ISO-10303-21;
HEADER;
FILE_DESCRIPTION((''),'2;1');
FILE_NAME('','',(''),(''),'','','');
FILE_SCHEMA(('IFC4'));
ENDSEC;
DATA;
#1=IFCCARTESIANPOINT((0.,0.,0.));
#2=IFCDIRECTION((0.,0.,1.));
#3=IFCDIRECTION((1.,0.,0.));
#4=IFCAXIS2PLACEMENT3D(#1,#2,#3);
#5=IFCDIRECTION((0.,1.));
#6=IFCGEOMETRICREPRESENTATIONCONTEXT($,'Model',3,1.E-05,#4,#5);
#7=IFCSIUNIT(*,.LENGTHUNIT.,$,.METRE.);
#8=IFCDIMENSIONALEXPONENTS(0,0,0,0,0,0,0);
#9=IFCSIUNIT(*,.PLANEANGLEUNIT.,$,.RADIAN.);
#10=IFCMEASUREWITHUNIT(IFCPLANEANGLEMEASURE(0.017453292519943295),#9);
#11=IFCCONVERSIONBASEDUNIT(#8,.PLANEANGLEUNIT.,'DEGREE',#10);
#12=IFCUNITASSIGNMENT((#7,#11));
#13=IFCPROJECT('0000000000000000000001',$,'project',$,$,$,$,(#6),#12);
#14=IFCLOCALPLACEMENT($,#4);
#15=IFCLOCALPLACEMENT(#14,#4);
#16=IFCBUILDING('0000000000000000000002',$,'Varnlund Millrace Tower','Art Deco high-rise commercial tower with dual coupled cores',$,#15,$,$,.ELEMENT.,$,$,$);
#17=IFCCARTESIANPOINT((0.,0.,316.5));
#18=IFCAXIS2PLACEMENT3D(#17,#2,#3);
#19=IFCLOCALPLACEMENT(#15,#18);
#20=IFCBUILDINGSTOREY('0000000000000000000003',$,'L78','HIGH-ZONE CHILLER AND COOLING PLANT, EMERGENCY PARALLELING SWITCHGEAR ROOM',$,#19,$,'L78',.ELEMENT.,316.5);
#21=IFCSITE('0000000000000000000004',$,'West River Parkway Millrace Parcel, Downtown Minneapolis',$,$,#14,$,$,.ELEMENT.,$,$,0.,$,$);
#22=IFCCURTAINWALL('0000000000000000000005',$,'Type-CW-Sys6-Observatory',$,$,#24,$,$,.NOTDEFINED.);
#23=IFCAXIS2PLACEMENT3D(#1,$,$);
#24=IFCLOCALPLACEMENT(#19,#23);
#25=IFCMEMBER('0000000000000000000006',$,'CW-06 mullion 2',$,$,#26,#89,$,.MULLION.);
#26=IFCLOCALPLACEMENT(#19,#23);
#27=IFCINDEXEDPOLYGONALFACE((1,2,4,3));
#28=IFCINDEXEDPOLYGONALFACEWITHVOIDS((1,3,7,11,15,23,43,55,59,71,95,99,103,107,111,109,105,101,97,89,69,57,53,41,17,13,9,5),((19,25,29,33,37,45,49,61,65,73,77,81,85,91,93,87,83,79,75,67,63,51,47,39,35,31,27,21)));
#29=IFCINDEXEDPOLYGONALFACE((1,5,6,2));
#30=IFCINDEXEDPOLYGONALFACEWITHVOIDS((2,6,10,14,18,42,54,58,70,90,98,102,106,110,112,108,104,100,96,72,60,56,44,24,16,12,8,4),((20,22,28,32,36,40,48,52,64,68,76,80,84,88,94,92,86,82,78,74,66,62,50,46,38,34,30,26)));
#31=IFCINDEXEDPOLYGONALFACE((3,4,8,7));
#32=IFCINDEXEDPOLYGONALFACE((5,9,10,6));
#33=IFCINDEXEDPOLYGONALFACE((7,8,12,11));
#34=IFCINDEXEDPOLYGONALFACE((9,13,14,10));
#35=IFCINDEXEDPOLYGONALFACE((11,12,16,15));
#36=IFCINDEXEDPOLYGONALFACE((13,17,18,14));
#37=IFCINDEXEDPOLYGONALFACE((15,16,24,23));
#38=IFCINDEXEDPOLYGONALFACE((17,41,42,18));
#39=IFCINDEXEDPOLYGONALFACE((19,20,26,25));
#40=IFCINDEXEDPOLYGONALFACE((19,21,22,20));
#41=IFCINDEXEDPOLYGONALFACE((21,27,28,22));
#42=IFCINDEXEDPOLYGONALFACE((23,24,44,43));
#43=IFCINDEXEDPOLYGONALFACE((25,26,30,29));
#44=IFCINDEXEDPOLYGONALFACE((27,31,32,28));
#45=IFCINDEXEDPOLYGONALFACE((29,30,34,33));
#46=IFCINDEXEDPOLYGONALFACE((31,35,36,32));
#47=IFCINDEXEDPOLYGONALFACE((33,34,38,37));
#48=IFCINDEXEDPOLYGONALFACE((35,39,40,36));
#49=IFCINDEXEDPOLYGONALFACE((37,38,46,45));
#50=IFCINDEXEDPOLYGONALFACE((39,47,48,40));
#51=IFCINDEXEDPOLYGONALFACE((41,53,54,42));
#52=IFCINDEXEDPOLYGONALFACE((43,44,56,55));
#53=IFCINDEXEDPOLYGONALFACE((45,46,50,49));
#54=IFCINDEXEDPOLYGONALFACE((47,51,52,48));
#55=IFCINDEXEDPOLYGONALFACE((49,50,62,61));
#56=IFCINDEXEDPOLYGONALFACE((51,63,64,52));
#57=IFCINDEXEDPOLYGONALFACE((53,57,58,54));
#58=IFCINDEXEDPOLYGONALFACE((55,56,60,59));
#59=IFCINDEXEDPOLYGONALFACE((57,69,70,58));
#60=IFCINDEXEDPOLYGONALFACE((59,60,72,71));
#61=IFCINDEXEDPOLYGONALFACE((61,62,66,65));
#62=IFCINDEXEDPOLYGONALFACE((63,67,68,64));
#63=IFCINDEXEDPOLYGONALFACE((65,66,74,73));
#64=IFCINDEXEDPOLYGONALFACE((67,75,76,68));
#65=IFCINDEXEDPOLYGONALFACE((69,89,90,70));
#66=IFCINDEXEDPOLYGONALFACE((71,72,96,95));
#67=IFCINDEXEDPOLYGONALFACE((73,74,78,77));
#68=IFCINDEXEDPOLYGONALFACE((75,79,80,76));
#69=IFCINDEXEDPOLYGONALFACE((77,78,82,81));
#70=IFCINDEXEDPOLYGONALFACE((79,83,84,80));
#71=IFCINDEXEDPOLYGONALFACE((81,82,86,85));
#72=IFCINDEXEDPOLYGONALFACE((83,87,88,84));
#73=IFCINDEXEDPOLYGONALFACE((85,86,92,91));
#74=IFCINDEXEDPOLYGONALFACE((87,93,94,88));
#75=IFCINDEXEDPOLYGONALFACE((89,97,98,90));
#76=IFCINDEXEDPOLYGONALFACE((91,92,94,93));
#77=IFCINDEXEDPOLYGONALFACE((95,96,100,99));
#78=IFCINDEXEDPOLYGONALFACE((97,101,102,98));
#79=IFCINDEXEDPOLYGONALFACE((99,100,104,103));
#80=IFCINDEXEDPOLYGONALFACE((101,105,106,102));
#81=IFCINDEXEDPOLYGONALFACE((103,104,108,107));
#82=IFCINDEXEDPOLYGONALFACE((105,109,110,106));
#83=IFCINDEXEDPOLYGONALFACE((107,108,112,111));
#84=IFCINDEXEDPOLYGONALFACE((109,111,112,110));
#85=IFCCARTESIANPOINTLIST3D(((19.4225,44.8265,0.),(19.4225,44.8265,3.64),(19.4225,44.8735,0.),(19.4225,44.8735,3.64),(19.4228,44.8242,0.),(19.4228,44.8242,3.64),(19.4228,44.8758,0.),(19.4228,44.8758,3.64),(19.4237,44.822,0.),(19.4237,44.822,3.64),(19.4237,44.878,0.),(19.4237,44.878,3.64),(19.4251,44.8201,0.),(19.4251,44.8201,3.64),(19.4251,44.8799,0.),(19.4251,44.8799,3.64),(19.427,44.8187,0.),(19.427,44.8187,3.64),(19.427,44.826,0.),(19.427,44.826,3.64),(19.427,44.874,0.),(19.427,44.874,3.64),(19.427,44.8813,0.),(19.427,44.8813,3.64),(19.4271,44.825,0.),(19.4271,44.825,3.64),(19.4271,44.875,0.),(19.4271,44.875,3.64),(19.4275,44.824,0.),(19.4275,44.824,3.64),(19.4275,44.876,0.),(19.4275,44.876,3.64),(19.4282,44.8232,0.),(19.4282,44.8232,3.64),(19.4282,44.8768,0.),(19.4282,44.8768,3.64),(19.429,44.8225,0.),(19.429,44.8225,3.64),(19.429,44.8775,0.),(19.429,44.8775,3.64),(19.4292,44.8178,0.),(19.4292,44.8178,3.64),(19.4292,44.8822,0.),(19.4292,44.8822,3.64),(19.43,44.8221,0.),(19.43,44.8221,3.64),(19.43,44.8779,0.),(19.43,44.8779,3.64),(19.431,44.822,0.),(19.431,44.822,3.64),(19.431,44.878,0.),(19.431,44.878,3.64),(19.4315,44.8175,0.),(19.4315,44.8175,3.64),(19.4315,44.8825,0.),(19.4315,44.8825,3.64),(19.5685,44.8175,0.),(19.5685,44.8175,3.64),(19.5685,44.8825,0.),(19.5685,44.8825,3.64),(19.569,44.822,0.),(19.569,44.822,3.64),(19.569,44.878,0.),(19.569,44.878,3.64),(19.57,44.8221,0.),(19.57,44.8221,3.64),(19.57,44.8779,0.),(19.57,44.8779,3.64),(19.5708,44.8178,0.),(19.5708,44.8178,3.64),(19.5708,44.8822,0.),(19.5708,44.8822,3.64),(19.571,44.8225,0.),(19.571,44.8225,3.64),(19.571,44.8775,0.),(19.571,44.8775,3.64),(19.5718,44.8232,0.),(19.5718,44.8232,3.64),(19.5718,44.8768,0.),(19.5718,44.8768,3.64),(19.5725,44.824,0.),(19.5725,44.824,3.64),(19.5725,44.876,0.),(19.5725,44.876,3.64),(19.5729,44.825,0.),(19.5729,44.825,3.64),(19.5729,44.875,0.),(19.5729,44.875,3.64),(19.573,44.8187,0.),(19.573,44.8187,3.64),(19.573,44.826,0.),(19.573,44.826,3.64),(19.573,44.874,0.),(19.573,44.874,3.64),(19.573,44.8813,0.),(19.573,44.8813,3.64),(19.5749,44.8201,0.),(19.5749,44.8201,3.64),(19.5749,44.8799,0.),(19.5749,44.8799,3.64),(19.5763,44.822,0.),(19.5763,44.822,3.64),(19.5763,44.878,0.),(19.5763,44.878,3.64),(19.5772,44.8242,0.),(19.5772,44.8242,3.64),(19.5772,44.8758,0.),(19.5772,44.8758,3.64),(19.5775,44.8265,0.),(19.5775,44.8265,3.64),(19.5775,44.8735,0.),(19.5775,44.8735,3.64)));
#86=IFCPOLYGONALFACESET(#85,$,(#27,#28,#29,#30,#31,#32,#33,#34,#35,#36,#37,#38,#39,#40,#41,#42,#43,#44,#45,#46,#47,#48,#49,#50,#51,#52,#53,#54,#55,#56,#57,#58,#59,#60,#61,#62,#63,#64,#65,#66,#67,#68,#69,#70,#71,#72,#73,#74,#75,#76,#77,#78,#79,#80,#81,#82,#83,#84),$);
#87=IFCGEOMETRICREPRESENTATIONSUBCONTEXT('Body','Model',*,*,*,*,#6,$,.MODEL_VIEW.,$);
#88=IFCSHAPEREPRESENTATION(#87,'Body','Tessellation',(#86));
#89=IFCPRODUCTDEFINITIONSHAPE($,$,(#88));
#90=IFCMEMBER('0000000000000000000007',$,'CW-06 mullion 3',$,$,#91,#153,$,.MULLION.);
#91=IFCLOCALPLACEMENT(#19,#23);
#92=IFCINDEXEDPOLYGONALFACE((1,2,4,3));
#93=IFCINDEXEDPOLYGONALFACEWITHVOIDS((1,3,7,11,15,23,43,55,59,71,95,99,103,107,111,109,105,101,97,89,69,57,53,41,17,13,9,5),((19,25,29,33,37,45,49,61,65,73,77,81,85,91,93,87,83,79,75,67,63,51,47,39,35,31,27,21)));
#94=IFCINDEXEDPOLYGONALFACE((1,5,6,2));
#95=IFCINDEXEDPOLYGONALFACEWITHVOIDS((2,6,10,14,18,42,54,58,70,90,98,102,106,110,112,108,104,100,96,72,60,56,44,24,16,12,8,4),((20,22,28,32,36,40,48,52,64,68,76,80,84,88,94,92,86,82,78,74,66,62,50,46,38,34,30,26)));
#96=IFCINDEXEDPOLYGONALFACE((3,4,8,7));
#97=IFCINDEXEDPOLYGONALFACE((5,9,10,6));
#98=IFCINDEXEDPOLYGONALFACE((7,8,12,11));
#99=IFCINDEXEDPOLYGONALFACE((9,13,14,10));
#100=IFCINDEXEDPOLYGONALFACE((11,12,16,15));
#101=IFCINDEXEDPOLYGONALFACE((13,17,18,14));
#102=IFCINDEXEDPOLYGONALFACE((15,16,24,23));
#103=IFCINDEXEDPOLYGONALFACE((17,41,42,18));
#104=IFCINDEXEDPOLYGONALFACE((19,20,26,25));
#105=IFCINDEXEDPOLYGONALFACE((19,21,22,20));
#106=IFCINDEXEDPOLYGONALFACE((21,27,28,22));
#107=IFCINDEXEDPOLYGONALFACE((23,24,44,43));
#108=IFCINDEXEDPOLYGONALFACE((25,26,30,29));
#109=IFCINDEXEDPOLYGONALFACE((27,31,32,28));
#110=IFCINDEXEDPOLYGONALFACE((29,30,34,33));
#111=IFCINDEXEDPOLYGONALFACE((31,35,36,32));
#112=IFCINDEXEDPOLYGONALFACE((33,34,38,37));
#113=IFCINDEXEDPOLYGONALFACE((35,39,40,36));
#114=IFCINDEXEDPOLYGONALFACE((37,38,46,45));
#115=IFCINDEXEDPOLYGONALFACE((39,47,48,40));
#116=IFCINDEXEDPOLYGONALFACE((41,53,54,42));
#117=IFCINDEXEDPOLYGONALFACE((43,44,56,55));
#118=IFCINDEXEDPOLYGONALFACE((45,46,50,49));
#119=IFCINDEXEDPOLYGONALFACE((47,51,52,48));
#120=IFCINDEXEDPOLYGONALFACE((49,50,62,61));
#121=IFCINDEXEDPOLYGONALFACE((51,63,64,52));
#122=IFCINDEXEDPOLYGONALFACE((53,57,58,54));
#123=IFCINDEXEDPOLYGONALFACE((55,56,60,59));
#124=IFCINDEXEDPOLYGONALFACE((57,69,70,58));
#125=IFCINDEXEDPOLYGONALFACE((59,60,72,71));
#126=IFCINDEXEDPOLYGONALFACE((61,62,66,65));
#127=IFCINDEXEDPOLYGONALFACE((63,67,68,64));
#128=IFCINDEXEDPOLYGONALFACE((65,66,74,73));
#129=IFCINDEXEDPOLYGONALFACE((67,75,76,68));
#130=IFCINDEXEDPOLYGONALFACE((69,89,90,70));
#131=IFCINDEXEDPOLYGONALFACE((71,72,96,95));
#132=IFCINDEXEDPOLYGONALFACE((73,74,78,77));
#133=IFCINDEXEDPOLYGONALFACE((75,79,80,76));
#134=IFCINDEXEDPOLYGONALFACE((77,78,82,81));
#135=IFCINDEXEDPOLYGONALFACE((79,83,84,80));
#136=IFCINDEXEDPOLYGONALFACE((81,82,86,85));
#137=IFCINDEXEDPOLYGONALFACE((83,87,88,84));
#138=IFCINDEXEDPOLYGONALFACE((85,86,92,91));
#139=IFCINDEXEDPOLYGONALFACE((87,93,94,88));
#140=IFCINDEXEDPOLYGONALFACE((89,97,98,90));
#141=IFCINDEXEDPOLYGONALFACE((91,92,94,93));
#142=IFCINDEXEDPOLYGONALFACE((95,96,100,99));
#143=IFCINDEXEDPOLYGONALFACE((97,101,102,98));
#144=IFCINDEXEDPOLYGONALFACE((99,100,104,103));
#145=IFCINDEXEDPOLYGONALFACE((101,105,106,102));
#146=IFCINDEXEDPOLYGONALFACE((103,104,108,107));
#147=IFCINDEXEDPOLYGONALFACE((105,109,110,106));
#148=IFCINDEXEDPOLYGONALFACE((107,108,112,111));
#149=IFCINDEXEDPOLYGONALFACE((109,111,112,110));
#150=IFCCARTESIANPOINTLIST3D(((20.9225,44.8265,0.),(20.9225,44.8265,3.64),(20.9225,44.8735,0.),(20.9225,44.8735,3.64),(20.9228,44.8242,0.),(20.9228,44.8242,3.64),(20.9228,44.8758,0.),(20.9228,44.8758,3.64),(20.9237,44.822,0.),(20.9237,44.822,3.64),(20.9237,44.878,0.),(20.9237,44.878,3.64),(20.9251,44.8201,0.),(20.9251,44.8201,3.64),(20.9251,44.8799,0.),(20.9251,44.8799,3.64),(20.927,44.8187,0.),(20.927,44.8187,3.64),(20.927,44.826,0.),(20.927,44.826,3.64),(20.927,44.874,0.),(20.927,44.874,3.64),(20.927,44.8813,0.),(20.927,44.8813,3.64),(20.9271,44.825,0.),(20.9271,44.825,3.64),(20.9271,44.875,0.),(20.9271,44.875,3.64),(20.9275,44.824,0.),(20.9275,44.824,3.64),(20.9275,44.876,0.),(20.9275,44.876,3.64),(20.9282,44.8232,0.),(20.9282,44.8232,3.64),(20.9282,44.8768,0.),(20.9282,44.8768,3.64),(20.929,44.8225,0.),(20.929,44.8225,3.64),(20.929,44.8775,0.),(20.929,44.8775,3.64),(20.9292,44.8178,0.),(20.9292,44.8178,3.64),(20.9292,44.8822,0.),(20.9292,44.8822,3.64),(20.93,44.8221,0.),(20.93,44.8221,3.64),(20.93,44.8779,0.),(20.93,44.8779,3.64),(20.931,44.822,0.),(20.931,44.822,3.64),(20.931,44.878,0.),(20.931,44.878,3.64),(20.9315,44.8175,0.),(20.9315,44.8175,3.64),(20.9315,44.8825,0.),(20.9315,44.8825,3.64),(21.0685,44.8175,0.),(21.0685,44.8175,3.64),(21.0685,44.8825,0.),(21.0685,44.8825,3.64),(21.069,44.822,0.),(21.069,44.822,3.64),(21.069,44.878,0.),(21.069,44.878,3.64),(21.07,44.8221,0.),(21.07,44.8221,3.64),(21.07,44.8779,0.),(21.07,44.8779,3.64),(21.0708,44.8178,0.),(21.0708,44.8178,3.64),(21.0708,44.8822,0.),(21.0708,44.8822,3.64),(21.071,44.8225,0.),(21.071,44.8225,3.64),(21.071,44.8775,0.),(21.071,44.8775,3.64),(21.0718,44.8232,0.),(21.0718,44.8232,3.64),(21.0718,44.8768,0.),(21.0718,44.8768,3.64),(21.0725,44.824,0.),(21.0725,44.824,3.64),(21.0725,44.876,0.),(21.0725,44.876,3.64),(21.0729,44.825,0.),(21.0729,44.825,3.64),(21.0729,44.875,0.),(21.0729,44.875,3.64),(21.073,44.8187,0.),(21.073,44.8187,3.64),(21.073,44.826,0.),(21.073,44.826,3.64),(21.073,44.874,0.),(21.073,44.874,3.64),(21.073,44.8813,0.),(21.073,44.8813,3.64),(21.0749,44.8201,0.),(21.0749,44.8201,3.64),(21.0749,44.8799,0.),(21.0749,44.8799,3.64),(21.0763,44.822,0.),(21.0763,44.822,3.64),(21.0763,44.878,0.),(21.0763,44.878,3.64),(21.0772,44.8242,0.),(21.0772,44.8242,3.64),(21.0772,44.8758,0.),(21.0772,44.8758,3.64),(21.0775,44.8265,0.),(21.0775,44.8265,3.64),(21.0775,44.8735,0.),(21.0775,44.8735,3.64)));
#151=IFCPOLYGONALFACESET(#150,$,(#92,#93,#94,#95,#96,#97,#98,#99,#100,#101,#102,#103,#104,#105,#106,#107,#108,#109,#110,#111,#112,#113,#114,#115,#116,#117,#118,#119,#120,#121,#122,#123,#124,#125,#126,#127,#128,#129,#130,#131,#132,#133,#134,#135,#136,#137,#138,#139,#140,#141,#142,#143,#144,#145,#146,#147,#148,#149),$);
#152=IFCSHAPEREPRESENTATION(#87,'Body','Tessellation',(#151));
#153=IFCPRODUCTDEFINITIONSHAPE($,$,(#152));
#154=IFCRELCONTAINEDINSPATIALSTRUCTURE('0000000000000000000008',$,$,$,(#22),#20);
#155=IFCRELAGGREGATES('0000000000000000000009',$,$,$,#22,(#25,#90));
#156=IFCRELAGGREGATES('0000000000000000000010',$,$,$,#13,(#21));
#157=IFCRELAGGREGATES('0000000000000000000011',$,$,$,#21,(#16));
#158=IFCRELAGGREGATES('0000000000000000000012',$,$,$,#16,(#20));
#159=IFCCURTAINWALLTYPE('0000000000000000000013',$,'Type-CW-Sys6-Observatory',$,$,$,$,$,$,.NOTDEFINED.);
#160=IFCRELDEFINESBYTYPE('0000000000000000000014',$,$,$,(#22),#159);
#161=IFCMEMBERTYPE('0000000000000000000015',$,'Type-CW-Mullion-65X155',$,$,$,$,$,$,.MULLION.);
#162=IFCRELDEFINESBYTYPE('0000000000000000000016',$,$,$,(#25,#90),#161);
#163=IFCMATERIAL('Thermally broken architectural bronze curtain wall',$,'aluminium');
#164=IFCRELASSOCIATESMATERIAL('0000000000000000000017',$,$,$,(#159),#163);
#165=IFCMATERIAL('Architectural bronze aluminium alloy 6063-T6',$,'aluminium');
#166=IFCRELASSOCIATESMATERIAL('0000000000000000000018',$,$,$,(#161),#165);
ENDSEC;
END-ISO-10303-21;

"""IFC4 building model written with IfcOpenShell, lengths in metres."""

from ifc_helpers import new_model, entity, si_unit, converted_unit, direction, frame, origin_with_axes, origin_2d_with_axis, place, context, subcontext, project, spatial, hollow_rectangle, extrude, material, material_profile, profile_set, type_object, element, aggregate, save


model = new_model("IFC4")

# Units and contexts
model_context = context("Model", 3, precision=1e-05, world=origin_with_axes(), true_north=direction((0.0, 1.0)))
body_context = subcontext(model_context, "Body", "Model", "MODEL_VIEW")
ifc_project = project(units=[si_unit("LENGTHUNIT", "METRE"), converted_unit("PLANEANGLEUNIT", "DEGREE", entity("IfcPlaneAngleMeasure", 0.017453292519943295), si_unit("PLANEANGLEUNIT", "RADIAN"), dimensions=[0, 0, 0, 0, 0, 0, 0])], contexts=[model_context])

# Site, building, storey
site_placement = place(None, origin_with_axes())
site = spatial("IfcSite", under=ifc_project, at=site_placement, Name="West River Parkway Millrace Parcel, Downtown Minneapolis", CompositionType="ELEMENT", RefElevation=0.0)
building_placement = place(site_placement, origin_with_axes())
building = spatial("IfcBuilding", under=site, at=building_placement, Name="Varnlund Millrace Tower", Description="Art Deco high-rise commercial tower with dual coupled cores", CompositionType="ELEMENT")
storey_placement = place(building_placement, frame((0.0, 0.0, 316.5), z_axis=(0.0, 0.0, 1.0), x_axis=(1.0, 0.0, 0.0)))
storey = spatial("IfcBuildingStorey", under=building, at=storey_placement, Name="L78", Description="HIGH-ZONE CHILLER AND COOLING PLANT, EMERGENCY PARALLELING SWITCHGEAR ROOM", LongName="L78", CompositionType="ELEMENT", Elevation=316.5)

# Curtain wall, members
ifc_material_1 = material(Name="Thermally broken architectural bronze curtain wall", Category="aluminium")
curtain_wall_type = type_object("IfcCurtainWallType", Name="Type-CW-Sys6-Observatory", PredefinedType="NOTDEFINED", material=ifc_material_1)
ifc_material_2 = material(Name="Architectural bronze aluminium alloy 6063-T6", Category="aluminium")
ifc_material_profile_1 = material_profile(ifc_material_2, hollow_rectangle(XDim=0.065, YDim=0.155, WallThickness=0.0045, InnerFilletRadius=0.004, OuterFilletRadius=0.009, at=origin_2d_with_axis()), Name="Architectural bronze aluminium alloy 6063-T6")
ifc_profile_set_1 = profile_set([ifc_material_profile_1], Name="Architectural bronze aluminium alloy 6063-T6")
member_type = type_object("IfcMemberType", Name="Type-CW-Mullion-65X155", PredefinedType="MULLION", material=ifc_profile_set_1)
curtain_wall_1_placement = place(storey_placement, frame((18.0, 44.85, 0.0), z_axis=(0.0, 0.0, 1.0), x_axis=(1.0, 0.0, 0.0)))
curtain_wall_1 = element("IfcCurtainWall", 1, at=curtain_wall_1_placement, inside=storey, type_object=curtain_wall_type, Name="Type-CW-Sys6-Observatory", PredefinedType="NOTDEFINED")
member_1_placement = place(storey_placement, frame((19.5, 44.85, 0.0), z_axis=(0.0, 0.0, 1.0), x_axis=(0.0, 1.0, 0.0)))
member_1 = element("IfcMember", 2, at=member_1_placement, type_object=member_type, Name="CW-06 mullion 2", PredefinedType="MULLION", context=body_context, shape_type="SweptSolid", body=[
    extrude(hollow_rectangle(XDim=0.065, YDim=0.155, WallThickness=0.0045, InnerFilletRadius=0.004, OuterFilletRadius=0.009, at=origin_2d_with_axis()), origin_with_axes(), (0.0, 0.0, 1.0), 3.64),
])
member_2_placement = place(storey_placement, frame((21.0, 44.85, 0.0), z_axis=(0.0, 0.0, 1.0), x_axis=(0.0, 1.0, 0.0)))
member_2 = element("IfcMember", 3, at=member_2_placement, type_object=member_type, Name="CW-06 mullion 3", PredefinedType="MULLION", context=body_context, shape_type="SweptSolid", body=[
    extrude(hollow_rectangle(XDim=0.065, YDim=0.155, WallThickness=0.0045, InnerFilletRadius=0.004, OuterFilletRadius=0.009, at=origin_2d_with_axis()), origin_with_axes(), (0.0, 0.0, 1.0), 3.64),
])
aggregate(curtain_wall_1, [member_1, member_2])

save(model, "model.ifc")
